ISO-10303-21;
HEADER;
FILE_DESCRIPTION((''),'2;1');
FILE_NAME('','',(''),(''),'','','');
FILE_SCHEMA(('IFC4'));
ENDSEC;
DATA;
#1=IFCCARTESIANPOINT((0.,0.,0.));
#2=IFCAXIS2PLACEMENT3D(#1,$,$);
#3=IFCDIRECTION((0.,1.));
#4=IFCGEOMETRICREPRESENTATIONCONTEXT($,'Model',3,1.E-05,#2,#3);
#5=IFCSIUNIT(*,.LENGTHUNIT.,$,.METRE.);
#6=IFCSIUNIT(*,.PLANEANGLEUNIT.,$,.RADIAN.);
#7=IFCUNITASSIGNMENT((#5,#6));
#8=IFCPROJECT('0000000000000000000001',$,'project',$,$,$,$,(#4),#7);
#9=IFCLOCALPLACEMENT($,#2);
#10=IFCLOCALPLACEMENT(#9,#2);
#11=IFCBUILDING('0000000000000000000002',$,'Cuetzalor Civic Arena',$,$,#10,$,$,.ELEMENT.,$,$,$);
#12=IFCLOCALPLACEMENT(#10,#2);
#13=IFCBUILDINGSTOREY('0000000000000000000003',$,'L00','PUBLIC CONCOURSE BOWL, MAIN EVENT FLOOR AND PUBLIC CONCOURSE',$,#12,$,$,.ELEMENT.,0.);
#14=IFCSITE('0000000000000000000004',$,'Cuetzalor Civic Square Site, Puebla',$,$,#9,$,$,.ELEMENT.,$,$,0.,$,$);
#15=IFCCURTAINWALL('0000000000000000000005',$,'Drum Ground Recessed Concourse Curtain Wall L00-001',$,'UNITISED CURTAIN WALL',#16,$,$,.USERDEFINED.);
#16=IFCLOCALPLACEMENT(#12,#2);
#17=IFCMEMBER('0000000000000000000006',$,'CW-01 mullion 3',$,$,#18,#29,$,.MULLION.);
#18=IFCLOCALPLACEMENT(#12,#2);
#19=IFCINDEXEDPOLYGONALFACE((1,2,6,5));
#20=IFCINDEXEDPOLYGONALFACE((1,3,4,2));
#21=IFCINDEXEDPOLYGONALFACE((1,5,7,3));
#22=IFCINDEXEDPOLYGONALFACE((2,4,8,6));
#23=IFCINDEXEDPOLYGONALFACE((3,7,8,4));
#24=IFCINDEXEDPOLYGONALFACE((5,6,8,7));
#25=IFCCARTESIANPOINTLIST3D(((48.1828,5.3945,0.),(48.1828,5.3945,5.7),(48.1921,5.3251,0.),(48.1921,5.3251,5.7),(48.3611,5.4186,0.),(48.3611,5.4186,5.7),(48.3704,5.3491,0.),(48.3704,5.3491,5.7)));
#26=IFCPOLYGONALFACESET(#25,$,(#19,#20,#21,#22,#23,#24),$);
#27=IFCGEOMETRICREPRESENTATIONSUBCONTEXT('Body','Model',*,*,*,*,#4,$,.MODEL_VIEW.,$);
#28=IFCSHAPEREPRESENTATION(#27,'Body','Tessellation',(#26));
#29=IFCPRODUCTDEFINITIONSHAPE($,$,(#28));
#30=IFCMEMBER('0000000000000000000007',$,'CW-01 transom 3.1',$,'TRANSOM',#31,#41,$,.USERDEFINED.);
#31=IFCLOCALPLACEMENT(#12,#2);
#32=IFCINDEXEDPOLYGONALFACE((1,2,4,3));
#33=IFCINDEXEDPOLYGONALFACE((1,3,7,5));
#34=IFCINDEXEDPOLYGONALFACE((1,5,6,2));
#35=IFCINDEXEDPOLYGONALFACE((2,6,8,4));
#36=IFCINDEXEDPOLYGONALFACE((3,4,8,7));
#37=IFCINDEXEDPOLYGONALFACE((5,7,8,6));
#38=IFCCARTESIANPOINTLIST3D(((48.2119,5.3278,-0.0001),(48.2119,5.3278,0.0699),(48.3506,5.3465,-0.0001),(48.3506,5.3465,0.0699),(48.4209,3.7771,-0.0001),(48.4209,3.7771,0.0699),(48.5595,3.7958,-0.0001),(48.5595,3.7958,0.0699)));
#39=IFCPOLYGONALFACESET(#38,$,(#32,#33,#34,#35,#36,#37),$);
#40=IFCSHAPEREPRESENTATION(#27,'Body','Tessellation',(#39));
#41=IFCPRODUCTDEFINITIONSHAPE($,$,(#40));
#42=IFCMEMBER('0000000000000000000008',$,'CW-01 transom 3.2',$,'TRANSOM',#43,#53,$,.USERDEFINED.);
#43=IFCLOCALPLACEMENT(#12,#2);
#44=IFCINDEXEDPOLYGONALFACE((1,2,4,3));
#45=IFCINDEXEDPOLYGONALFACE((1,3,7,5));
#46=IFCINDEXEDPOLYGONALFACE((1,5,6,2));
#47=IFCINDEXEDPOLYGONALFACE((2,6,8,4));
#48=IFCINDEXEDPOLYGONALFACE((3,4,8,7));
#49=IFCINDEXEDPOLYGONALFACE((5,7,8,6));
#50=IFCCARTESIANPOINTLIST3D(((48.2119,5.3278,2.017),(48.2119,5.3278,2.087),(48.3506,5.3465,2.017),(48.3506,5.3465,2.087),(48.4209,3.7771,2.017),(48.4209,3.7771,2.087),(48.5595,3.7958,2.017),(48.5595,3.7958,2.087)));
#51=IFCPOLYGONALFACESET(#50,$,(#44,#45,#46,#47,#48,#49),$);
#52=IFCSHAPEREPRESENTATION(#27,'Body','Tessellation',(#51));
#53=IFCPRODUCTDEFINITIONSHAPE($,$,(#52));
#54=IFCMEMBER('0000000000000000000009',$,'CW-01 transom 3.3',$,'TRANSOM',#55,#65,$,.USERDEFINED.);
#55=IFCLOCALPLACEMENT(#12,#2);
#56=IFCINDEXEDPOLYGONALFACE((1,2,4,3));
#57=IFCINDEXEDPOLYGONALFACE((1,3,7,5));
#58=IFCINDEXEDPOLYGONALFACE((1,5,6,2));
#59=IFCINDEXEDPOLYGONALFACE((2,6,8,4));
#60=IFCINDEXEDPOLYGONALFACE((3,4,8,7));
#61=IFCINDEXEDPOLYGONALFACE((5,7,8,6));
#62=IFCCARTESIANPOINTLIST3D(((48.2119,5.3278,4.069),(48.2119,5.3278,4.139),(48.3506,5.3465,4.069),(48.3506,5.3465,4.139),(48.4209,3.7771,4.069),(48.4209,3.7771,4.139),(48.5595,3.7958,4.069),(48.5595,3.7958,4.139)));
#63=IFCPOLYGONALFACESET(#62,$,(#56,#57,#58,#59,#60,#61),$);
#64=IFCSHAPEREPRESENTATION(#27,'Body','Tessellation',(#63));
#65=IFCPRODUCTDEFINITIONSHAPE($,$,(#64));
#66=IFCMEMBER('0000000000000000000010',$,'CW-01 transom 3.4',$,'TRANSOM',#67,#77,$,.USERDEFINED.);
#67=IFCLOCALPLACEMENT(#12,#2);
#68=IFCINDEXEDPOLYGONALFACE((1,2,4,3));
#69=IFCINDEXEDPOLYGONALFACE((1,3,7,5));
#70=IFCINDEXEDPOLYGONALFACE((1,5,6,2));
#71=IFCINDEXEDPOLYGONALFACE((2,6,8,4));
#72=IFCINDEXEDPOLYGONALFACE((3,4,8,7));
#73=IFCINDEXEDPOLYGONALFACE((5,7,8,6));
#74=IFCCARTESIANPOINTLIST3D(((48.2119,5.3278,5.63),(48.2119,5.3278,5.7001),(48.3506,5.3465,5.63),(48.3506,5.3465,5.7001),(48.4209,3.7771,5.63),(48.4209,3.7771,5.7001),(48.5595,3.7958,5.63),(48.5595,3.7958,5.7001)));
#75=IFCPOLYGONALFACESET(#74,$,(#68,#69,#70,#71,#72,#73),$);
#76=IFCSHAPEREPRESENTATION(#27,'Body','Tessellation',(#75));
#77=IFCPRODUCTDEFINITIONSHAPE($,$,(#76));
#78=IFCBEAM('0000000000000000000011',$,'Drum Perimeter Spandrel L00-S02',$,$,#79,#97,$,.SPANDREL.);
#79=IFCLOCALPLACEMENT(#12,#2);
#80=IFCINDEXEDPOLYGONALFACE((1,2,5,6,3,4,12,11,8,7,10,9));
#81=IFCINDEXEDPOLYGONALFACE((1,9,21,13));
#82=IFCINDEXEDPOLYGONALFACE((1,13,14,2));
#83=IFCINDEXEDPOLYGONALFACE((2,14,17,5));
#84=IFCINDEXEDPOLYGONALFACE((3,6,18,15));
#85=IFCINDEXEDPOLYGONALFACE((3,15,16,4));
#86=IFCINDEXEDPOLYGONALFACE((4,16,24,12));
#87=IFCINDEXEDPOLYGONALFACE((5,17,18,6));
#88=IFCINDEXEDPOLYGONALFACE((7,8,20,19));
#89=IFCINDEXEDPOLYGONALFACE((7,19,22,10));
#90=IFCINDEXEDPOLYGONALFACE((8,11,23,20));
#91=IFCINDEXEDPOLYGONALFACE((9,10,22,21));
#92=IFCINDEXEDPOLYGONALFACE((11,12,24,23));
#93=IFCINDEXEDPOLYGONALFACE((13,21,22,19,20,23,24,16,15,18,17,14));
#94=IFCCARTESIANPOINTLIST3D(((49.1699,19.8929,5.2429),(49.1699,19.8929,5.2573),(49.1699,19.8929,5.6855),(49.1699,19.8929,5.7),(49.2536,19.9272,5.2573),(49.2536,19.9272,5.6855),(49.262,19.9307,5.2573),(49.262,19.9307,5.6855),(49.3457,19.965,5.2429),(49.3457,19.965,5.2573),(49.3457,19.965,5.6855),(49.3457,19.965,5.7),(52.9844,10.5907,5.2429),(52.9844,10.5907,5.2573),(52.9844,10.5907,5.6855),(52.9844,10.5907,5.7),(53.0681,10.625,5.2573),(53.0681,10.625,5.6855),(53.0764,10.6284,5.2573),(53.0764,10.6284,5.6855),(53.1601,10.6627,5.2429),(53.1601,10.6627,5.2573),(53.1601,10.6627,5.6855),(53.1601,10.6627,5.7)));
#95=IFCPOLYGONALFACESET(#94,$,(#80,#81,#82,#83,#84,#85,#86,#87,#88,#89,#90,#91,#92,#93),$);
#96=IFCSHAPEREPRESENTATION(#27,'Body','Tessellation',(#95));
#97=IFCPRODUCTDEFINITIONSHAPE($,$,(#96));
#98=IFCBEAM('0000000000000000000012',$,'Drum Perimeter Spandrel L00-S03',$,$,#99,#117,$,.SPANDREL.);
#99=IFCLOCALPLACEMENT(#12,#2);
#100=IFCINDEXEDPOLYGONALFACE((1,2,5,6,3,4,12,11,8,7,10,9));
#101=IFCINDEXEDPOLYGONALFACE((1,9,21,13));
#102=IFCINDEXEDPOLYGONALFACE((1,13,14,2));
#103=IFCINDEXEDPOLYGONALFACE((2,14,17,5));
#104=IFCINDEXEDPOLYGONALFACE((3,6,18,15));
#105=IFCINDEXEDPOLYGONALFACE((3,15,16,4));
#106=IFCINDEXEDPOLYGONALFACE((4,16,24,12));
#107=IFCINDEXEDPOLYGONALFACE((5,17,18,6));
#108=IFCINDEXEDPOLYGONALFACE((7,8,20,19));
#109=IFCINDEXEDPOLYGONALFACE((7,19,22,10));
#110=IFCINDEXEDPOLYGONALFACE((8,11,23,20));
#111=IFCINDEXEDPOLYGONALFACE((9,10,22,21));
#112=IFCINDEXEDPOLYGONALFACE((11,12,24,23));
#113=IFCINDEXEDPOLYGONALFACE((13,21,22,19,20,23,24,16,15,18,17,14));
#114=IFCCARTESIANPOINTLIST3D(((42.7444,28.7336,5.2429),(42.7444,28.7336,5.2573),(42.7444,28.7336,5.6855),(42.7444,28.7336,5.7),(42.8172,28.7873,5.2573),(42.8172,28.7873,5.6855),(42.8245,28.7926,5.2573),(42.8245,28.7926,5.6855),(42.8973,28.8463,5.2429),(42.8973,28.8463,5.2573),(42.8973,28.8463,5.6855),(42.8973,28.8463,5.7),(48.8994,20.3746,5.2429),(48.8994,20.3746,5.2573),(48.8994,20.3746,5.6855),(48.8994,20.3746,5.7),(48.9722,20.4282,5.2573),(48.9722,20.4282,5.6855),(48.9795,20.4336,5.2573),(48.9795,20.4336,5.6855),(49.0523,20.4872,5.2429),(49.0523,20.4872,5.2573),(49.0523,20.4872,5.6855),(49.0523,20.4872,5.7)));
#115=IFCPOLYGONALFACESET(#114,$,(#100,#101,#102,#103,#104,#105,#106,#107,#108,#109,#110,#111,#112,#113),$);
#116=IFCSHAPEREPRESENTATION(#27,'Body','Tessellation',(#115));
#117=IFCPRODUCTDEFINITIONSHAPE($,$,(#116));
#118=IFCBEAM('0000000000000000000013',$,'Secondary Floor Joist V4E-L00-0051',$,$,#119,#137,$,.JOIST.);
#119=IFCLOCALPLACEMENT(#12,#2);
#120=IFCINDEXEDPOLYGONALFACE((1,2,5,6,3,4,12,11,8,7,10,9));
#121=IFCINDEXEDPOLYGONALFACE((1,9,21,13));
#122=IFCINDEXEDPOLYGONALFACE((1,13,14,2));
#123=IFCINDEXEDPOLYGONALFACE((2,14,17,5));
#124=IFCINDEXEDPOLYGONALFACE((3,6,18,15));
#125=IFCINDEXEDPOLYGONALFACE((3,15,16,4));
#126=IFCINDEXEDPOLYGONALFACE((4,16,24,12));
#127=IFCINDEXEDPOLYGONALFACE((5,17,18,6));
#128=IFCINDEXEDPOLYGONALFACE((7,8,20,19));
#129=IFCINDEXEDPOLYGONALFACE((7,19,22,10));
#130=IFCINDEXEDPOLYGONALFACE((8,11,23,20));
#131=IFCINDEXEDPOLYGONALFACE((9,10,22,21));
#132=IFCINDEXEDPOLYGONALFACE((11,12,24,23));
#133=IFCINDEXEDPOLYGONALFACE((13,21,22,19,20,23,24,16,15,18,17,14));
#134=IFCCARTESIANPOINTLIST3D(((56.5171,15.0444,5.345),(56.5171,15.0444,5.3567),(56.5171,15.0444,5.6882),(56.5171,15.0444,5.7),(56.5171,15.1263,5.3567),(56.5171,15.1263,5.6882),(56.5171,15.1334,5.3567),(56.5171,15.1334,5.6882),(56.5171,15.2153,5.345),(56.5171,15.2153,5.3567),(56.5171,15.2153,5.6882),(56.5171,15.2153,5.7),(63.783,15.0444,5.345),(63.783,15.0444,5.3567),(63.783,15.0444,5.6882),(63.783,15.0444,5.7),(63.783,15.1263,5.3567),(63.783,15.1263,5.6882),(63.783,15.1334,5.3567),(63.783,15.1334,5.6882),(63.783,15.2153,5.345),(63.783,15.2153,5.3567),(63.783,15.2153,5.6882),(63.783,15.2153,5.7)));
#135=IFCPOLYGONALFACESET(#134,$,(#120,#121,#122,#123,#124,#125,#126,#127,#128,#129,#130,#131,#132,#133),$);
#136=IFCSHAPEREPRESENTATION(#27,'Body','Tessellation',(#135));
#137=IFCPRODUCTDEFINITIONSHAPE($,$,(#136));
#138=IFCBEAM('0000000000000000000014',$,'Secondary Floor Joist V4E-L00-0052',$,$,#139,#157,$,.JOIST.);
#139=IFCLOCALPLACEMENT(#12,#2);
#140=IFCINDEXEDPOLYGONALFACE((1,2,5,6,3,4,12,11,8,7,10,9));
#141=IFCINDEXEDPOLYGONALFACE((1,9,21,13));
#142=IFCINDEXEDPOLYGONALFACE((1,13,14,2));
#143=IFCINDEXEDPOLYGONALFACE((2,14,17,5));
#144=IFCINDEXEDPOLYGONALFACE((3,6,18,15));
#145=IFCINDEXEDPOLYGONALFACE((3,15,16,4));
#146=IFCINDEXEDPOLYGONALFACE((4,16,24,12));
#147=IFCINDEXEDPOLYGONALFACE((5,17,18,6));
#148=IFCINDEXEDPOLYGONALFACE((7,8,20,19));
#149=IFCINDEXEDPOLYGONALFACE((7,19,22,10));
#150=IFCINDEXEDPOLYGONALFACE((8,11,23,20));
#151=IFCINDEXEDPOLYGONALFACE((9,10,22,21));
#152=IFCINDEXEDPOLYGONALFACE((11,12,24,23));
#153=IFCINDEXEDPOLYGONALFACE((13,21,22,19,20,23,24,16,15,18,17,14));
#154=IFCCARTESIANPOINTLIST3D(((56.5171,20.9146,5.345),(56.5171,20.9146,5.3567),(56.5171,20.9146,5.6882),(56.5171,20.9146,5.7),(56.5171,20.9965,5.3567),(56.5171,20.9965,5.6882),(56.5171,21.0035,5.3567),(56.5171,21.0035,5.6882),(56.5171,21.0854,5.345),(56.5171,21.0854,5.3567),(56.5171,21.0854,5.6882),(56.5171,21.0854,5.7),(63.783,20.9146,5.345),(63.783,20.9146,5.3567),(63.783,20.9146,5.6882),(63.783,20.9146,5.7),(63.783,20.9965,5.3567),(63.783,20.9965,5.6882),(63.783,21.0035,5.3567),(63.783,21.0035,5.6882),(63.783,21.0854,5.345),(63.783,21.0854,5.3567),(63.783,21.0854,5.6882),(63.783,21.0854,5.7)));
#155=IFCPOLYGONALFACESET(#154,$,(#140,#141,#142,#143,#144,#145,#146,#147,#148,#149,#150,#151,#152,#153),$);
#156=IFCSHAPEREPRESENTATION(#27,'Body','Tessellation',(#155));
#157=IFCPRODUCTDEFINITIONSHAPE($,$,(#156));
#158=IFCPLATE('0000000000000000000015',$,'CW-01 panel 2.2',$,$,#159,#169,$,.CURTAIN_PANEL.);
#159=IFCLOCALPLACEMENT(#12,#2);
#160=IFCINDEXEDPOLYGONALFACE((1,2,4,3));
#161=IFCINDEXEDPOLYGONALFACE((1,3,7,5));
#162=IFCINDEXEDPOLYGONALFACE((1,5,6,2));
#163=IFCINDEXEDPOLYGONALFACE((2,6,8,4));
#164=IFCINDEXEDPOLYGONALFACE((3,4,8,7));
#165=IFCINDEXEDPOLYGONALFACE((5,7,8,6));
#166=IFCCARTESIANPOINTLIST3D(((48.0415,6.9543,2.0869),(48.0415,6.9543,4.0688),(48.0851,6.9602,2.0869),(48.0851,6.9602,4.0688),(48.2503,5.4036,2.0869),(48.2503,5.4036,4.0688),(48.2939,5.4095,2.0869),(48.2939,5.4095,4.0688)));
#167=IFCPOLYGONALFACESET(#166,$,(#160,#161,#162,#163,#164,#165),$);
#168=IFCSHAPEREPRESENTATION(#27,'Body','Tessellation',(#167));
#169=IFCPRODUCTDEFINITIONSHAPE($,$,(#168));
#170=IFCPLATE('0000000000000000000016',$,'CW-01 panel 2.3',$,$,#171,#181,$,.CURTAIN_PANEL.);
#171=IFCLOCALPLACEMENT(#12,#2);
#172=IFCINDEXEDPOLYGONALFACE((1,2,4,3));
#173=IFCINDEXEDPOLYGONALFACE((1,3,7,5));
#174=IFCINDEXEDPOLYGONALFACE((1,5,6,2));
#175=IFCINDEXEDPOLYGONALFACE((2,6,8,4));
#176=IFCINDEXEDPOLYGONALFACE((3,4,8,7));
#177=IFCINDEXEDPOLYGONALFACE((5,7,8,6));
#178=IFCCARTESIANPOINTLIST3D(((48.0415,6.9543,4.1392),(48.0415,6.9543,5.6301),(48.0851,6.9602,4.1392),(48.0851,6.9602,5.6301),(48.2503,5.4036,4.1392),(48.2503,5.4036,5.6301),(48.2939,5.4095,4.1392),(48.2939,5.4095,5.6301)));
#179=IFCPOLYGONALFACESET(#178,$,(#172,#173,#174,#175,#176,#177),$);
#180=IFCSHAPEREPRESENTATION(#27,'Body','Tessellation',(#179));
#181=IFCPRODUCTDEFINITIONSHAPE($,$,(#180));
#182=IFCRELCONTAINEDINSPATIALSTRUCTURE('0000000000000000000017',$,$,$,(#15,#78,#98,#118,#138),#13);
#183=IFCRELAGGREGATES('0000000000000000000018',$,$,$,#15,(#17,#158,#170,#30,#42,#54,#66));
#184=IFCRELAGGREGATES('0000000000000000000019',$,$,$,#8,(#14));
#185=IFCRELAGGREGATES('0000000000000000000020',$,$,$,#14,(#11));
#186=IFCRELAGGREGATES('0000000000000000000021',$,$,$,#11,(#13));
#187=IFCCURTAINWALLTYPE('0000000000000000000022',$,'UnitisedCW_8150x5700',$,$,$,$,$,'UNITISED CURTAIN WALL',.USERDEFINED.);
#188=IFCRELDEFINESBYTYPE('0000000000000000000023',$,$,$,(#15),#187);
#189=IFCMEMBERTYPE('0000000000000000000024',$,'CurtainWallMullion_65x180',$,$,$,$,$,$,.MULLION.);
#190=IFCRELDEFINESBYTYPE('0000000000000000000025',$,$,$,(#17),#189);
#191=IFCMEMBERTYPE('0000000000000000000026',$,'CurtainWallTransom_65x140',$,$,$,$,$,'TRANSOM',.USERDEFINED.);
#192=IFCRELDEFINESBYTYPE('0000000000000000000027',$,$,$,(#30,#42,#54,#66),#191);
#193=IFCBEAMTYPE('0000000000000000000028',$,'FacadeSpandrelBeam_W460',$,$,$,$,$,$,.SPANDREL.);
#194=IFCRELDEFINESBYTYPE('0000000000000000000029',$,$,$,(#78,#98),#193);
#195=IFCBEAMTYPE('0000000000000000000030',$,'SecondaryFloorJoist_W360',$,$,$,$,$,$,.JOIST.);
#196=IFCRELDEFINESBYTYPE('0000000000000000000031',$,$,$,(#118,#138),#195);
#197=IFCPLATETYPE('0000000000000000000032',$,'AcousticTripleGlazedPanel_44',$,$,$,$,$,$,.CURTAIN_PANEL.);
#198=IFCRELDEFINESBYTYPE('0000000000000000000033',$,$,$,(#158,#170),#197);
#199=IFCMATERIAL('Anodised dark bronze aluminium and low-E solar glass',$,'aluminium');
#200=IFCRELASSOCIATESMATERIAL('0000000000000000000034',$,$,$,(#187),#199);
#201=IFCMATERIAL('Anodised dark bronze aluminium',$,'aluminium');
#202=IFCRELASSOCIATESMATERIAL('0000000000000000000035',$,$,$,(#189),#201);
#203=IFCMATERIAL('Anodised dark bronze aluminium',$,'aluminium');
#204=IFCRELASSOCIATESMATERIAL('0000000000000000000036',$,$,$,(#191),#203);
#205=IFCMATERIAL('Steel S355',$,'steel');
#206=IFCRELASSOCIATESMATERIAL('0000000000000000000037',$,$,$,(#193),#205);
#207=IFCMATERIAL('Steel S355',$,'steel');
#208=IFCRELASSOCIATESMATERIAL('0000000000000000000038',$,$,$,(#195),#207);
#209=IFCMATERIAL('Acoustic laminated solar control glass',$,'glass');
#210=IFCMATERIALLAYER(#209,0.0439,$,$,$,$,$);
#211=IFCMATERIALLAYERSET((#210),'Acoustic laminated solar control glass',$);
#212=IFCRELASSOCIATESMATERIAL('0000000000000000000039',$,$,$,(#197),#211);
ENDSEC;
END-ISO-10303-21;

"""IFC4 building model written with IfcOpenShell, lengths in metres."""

from ifc_helpers import new_model, si_unit, direction, frame, origin, origin_2d, place, context, subcontext, project, spatial, rectangle, i_section, extrude, material, layer, layer_set, material_profile, profile_set, type_object, element, aggregate, save


model = new_model("IFC4")

# Units and contexts
model_context = context("Model", 3, precision=1e-05, world=origin(), true_north=direction((0.0, 1.0)))
body_context = subcontext(model_context, "Body", "Model", "MODEL_VIEW")
ifc_project = project(units=[si_unit("LENGTHUNIT", "METRE"), si_unit("PLANEANGLEUNIT", "RADIAN")], contexts=[model_context])

# Site, building, storey
site_placement = place(None, origin())
site = spatial("IfcSite", under=ifc_project, at=site_placement, Name="Cuetzalor Civic Square Site, Puebla", CompositionType="ELEMENT", RefElevation=0.0)
building_placement = place(site_placement, origin())
building = spatial("IfcBuilding", under=site, at=building_placement, Name="Cuetzalor Civic Arena", CompositionType="ELEMENT")
storey_placement = place(building_placement, origin())
storey = spatial("IfcBuildingStorey", under=building, at=storey_placement, Name="L00", Description="PUBLIC CONCOURSE BOWL, MAIN EVENT FLOOR AND PUBLIC CONCOURSE", CompositionType="ELEMENT", Elevation=0.0)

# Curtain wall, members
ifc_material_1 = material(Name="Anodised dark bronze aluminium and low-E solar glass", Category="aluminium")
curtain_wall_type = type_object("IfcCurtainWallType", Name="UnitisedCW_8150x5700", ElementType="UNITISED CURTAIN WALL", PredefinedType="USERDEFINED", material=ifc_material_1)
curtain_wall_placement = place(storey_placement, origin())
curtain_wall = element("IfcCurtainWall", 1, at=curtain_wall_placement, inside=storey, type_object=curtain_wall_type, Name="Drum Ground Recessed Concourse Curtain Wall L00-001", ObjectType="UNITISED CURTAIN WALL", PredefinedType="USERDEFINED")
ifc_material_2 = material(Name="Anodised dark bronze aluminium", Category="aluminium")
ifc_material_profile_1 = material_profile(ifc_material_2, rectangle(XDim=0.0701, YDim=0.1799, at=origin_2d()), Name="ALU MULLION 70x180")
ifc_profile_set_1 = profile_set([ifc_material_profile_1], Name="Anodised dark bronze aluminium")
member_type_1 = type_object("IfcMemberType", Name="CurtainWallMullion_65x180", PredefinedType="MULLION", material=ifc_profile_set_1)
member_1_placement = place(storey_placement, frame((48.2766, 5.3718, 0.0), z_axis=(0.0, 0.0, 1.0), x_axis=(0.133443, -0.991056, 0.0)))
member_1 = element("IfcMember", 2, at=member_1_placement, type_object=member_type_1, Name="CW-01 mullion 3", PredefinedType="MULLION", context=body_context, shape_type="SweptSolid", body=[
    extrude(rectangle(XDim=0.0701, YDim=0.1799, at=origin_2d()), origin(), (0.0, 0.0, 1.0), 5.7),
])
ifc_material_3 = material(Name="Anodised dark bronze aluminium", Category="aluminium")
ifc_material_profile_2 = material_profile(ifc_material_3, rectangle(XDim=0.1399, YDim=0.0701, at=origin_2d()), Name="ALU TRANSOM 70x140")
ifc_profile_set_2 = profile_set([ifc_material_profile_2], Name="Anodised dark bronze aluminium")
member_type_2 = type_object("IfcMemberType", Name="CurtainWallTransom_65x140", ElementType="TRANSOM", PredefinedType="USERDEFINED", material=ifc_profile_set_2)
member_2_placement = place(storey_placement, frame((48.2812, 5.3372, 0.0349), z_axis=(0.133553, -0.991042, 0.0), x_axis=(0.991042, 0.133553, 0.0)))
member_2 = element("IfcMember", 3, at=member_2_placement, type_object=member_type_2, Name="CW-01 transom 3.1", ObjectType="TRANSOM", PredefinedType="USERDEFINED", context=body_context, shape_type="SweptSolid", body=[
    extrude(rectangle(XDim=0.1399, YDim=0.0701, at=origin_2d()), origin(), (0.0, 0.0, 1.0), 1.5647),
])
member_3_placement = place(storey_placement, frame((48.2812, 5.3372, 2.052), z_axis=(0.133553, -0.991042, 0.0), x_axis=(0.991042, 0.133553, 0.0)))
member_3 = element("IfcMember", 4, at=member_3_placement, type_object=member_type_2, Name="CW-01 transom 3.2", ObjectType="TRANSOM", PredefinedType="USERDEFINED", context=body_context, shape_type="SweptSolid", body=[
    extrude(rectangle(XDim=0.1399, YDim=0.0701, at=origin_2d()), origin(), (0.0, 0.0, 1.0), 1.5647),
])
member_4_placement = place(storey_placement, frame((48.2812, 5.3372, 4.104), z_axis=(0.133553, -0.991042, 0.0), x_axis=(0.991042, 0.133553, 0.0)))
member_4 = element("IfcMember", 5, at=member_4_placement, type_object=member_type_2, Name="CW-01 transom 3.3", ObjectType="TRANSOM", PredefinedType="USERDEFINED", context=body_context, shape_type="SweptSolid", body=[
    extrude(rectangle(XDim=0.1399, YDim=0.0701, at=origin_2d()), origin(), (0.0, 0.0, 1.0), 1.5647),
])
member_5_placement = place(storey_placement, frame((48.2812, 5.3372, 5.665), z_axis=(0.133553, -0.991042, 0.0), x_axis=(0.991042, 0.133553, 0.0)))
member_5 = element("IfcMember", 6, at=member_5_placement, type_object=member_type_2, Name="CW-01 transom 3.4", ObjectType="TRANSOM", PredefinedType="USERDEFINED", context=body_context, shape_type="SweptSolid", body=[
    extrude(rectangle(XDim=0.1399, YDim=0.0701, at=origin_2d()), origin(), (0.0, 0.0, 1.0), 1.5647),
])

# Beams
ifc_material_4 = material(Name="Steel S355", Category="steel")
ifc_material_profile_3 = material_profile(ifc_material_4, i_section(OverallWidth=0.1899, OverallDepth=0.457, WebThickness=0.009, FlangeThickness=0.0144, at=origin_2d()), Name="W460x74")
ifc_profile_set_3 = profile_set([ifc_material_profile_3], Name="Steel S355")
beam_type_1 = type_object("IfcBeamType", Name="FacadeSpandrelBeam_W460", PredefinedType="SPANDREL", material=ifc_profile_set_3)
beam_1_placement = place(storey_placement, frame((53.0723, 10.6267, 5.4714), z_axis=(-0.379399, 0.925233, 0.0), x_axis=(-0.925233, -0.379399, 0.0)))
element("IfcBeam", 7, at=beam_1_placement, inside=storey, type_object=beam_type_1, Name="Drum Perimeter Spandrel L00-S02", PredefinedType="SPANDREL", context=body_context, shape_type="SweptSolid", body=[
    extrude(i_section(OverallWidth=0.1899, OverallDepth=0.457, WebThickness=0.009, FlangeThickness=0.0144, at=origin_2d()), origin(), (0.0, 0.0, 1.0), 10.054),
])
beam_2_placement = place(storey_placement, frame((48.9758, 20.4309, 5.4714), z_axis=(-0.592929, 0.805255, 0.0), x_axis=(-0.805255, -0.592929, 0.0)))
element("IfcBeam", 8, at=beam_2_placement, inside=storey, type_object=beam_type_1, Name="Drum Perimeter Spandrel L00-S03", PredefinedType="SPANDREL", context=body_context, shape_type="SweptSolid", body=[
    extrude(i_section(OverallWidth=0.1899, OverallDepth=0.457, WebThickness=0.009, FlangeThickness=0.0144, at=origin_2d()), origin(), (0.0, 0.0, 1.0), 10.3806),
])
ifc_material_5 = material(Name="Steel S355", Category="steel")
ifc_material_profile_4 = material_profile(ifc_material_5, i_section(OverallWidth=0.1709, OverallDepth=0.355, WebThickness=0.0071, FlangeThickness=0.0117, at=origin_2d()), Name="W360x51")
ifc_profile_set_4 = profile_set([ifc_material_profile_4], Name="Steel S355")
beam_type_2 = type_object("IfcBeamType", Name="SecondaryFloorJoist_W360", PredefinedType="JOIST", material=ifc_profile_set_4)
for number, where, z_axis, x_axis, name in (
    (9, (56.5171, 15.1299, 5.5225), (1.0, 0.0, 0.0), (0.0, 1.0, 0.0), "Secondary Floor Joist V4E-L00-0051"),
    (10, (56.5171, 21.0, 5.5225), (1.0, 0.0, 0.0), (0.0, 1.0, 0.0), "Secondary Floor Joist V4E-L00-0052"),
):
    element("IfcBeam", number, at=place(storey_placement, frame(where, z_axis=z_axis, x_axis=x_axis)), inside=storey, type_object=beam_type_2, Name=name, PredefinedType="JOIST", context=body_context, shape_type="SweptSolid", body=[
        extrude(i_section(OverallWidth=0.1709, OverallDepth=0.355, WebThickness=0.0071, FlangeThickness=0.0117, at=origin_2d()), origin(), (0.0, 0.0, 1.0), 7.2659),
    ])

# Plates
ifc_material_6 = material(Name="Acoustic laminated solar control glass", Category="glass")
ifc_layer_1 = layer(ifc_material_6, 0.0439)
ifc_layer_set_1 = layer_set([ifc_layer_1], Name="Acoustic laminated solar control glass")
plate_type = type_object("IfcPlateType", Name="AcousticTripleGlazedPanel_44", PredefinedType="CURTAIN_PANEL", material=ifc_layer_set_1)
plate_1_placement = place(storey_placement, frame((48.1677, 6.1819, 2.0869), z_axis=(0.0, 0.0, 1.0), x_axis=(0.133443, -0.991056, 0.0)))
plate_1 = element("IfcPlate", 11, at=plate_1_placement, type_object=plate_type, Name="CW-01 panel 2.2", PredefinedType="CURTAIN_PANEL", context=body_context, shape_type="SweptSolid", body=[
    extrude(rectangle(XDim=1.5647, YDim=0.0439, at=origin_2d()), origin(), (0.0, 0.0, 1.0), 1.9819),
])
plate_2_placement = place(storey_placement, frame((48.1677, 6.1819, 4.1392), z_axis=(0.0, 0.0, 1.0), x_axis=(0.133443, -0.991056, 0.0)))
plate_2 = element("IfcPlate", 12, at=plate_2_placement, type_object=plate_type, Name="CW-01 panel 2.3", PredefinedType="CURTAIN_PANEL", context=body_context, shape_type="SweptSolid", body=[
    extrude(rectangle(XDim=1.5647, YDim=0.0439, at=origin_2d()), origin(), (0.0, 0.0, 1.0), 1.491),
])
aggregate(curtain_wall, [member_1, plate_1, plate_2, member_2, member_3, member_4, member_5])

save(model, "model.ifc")
